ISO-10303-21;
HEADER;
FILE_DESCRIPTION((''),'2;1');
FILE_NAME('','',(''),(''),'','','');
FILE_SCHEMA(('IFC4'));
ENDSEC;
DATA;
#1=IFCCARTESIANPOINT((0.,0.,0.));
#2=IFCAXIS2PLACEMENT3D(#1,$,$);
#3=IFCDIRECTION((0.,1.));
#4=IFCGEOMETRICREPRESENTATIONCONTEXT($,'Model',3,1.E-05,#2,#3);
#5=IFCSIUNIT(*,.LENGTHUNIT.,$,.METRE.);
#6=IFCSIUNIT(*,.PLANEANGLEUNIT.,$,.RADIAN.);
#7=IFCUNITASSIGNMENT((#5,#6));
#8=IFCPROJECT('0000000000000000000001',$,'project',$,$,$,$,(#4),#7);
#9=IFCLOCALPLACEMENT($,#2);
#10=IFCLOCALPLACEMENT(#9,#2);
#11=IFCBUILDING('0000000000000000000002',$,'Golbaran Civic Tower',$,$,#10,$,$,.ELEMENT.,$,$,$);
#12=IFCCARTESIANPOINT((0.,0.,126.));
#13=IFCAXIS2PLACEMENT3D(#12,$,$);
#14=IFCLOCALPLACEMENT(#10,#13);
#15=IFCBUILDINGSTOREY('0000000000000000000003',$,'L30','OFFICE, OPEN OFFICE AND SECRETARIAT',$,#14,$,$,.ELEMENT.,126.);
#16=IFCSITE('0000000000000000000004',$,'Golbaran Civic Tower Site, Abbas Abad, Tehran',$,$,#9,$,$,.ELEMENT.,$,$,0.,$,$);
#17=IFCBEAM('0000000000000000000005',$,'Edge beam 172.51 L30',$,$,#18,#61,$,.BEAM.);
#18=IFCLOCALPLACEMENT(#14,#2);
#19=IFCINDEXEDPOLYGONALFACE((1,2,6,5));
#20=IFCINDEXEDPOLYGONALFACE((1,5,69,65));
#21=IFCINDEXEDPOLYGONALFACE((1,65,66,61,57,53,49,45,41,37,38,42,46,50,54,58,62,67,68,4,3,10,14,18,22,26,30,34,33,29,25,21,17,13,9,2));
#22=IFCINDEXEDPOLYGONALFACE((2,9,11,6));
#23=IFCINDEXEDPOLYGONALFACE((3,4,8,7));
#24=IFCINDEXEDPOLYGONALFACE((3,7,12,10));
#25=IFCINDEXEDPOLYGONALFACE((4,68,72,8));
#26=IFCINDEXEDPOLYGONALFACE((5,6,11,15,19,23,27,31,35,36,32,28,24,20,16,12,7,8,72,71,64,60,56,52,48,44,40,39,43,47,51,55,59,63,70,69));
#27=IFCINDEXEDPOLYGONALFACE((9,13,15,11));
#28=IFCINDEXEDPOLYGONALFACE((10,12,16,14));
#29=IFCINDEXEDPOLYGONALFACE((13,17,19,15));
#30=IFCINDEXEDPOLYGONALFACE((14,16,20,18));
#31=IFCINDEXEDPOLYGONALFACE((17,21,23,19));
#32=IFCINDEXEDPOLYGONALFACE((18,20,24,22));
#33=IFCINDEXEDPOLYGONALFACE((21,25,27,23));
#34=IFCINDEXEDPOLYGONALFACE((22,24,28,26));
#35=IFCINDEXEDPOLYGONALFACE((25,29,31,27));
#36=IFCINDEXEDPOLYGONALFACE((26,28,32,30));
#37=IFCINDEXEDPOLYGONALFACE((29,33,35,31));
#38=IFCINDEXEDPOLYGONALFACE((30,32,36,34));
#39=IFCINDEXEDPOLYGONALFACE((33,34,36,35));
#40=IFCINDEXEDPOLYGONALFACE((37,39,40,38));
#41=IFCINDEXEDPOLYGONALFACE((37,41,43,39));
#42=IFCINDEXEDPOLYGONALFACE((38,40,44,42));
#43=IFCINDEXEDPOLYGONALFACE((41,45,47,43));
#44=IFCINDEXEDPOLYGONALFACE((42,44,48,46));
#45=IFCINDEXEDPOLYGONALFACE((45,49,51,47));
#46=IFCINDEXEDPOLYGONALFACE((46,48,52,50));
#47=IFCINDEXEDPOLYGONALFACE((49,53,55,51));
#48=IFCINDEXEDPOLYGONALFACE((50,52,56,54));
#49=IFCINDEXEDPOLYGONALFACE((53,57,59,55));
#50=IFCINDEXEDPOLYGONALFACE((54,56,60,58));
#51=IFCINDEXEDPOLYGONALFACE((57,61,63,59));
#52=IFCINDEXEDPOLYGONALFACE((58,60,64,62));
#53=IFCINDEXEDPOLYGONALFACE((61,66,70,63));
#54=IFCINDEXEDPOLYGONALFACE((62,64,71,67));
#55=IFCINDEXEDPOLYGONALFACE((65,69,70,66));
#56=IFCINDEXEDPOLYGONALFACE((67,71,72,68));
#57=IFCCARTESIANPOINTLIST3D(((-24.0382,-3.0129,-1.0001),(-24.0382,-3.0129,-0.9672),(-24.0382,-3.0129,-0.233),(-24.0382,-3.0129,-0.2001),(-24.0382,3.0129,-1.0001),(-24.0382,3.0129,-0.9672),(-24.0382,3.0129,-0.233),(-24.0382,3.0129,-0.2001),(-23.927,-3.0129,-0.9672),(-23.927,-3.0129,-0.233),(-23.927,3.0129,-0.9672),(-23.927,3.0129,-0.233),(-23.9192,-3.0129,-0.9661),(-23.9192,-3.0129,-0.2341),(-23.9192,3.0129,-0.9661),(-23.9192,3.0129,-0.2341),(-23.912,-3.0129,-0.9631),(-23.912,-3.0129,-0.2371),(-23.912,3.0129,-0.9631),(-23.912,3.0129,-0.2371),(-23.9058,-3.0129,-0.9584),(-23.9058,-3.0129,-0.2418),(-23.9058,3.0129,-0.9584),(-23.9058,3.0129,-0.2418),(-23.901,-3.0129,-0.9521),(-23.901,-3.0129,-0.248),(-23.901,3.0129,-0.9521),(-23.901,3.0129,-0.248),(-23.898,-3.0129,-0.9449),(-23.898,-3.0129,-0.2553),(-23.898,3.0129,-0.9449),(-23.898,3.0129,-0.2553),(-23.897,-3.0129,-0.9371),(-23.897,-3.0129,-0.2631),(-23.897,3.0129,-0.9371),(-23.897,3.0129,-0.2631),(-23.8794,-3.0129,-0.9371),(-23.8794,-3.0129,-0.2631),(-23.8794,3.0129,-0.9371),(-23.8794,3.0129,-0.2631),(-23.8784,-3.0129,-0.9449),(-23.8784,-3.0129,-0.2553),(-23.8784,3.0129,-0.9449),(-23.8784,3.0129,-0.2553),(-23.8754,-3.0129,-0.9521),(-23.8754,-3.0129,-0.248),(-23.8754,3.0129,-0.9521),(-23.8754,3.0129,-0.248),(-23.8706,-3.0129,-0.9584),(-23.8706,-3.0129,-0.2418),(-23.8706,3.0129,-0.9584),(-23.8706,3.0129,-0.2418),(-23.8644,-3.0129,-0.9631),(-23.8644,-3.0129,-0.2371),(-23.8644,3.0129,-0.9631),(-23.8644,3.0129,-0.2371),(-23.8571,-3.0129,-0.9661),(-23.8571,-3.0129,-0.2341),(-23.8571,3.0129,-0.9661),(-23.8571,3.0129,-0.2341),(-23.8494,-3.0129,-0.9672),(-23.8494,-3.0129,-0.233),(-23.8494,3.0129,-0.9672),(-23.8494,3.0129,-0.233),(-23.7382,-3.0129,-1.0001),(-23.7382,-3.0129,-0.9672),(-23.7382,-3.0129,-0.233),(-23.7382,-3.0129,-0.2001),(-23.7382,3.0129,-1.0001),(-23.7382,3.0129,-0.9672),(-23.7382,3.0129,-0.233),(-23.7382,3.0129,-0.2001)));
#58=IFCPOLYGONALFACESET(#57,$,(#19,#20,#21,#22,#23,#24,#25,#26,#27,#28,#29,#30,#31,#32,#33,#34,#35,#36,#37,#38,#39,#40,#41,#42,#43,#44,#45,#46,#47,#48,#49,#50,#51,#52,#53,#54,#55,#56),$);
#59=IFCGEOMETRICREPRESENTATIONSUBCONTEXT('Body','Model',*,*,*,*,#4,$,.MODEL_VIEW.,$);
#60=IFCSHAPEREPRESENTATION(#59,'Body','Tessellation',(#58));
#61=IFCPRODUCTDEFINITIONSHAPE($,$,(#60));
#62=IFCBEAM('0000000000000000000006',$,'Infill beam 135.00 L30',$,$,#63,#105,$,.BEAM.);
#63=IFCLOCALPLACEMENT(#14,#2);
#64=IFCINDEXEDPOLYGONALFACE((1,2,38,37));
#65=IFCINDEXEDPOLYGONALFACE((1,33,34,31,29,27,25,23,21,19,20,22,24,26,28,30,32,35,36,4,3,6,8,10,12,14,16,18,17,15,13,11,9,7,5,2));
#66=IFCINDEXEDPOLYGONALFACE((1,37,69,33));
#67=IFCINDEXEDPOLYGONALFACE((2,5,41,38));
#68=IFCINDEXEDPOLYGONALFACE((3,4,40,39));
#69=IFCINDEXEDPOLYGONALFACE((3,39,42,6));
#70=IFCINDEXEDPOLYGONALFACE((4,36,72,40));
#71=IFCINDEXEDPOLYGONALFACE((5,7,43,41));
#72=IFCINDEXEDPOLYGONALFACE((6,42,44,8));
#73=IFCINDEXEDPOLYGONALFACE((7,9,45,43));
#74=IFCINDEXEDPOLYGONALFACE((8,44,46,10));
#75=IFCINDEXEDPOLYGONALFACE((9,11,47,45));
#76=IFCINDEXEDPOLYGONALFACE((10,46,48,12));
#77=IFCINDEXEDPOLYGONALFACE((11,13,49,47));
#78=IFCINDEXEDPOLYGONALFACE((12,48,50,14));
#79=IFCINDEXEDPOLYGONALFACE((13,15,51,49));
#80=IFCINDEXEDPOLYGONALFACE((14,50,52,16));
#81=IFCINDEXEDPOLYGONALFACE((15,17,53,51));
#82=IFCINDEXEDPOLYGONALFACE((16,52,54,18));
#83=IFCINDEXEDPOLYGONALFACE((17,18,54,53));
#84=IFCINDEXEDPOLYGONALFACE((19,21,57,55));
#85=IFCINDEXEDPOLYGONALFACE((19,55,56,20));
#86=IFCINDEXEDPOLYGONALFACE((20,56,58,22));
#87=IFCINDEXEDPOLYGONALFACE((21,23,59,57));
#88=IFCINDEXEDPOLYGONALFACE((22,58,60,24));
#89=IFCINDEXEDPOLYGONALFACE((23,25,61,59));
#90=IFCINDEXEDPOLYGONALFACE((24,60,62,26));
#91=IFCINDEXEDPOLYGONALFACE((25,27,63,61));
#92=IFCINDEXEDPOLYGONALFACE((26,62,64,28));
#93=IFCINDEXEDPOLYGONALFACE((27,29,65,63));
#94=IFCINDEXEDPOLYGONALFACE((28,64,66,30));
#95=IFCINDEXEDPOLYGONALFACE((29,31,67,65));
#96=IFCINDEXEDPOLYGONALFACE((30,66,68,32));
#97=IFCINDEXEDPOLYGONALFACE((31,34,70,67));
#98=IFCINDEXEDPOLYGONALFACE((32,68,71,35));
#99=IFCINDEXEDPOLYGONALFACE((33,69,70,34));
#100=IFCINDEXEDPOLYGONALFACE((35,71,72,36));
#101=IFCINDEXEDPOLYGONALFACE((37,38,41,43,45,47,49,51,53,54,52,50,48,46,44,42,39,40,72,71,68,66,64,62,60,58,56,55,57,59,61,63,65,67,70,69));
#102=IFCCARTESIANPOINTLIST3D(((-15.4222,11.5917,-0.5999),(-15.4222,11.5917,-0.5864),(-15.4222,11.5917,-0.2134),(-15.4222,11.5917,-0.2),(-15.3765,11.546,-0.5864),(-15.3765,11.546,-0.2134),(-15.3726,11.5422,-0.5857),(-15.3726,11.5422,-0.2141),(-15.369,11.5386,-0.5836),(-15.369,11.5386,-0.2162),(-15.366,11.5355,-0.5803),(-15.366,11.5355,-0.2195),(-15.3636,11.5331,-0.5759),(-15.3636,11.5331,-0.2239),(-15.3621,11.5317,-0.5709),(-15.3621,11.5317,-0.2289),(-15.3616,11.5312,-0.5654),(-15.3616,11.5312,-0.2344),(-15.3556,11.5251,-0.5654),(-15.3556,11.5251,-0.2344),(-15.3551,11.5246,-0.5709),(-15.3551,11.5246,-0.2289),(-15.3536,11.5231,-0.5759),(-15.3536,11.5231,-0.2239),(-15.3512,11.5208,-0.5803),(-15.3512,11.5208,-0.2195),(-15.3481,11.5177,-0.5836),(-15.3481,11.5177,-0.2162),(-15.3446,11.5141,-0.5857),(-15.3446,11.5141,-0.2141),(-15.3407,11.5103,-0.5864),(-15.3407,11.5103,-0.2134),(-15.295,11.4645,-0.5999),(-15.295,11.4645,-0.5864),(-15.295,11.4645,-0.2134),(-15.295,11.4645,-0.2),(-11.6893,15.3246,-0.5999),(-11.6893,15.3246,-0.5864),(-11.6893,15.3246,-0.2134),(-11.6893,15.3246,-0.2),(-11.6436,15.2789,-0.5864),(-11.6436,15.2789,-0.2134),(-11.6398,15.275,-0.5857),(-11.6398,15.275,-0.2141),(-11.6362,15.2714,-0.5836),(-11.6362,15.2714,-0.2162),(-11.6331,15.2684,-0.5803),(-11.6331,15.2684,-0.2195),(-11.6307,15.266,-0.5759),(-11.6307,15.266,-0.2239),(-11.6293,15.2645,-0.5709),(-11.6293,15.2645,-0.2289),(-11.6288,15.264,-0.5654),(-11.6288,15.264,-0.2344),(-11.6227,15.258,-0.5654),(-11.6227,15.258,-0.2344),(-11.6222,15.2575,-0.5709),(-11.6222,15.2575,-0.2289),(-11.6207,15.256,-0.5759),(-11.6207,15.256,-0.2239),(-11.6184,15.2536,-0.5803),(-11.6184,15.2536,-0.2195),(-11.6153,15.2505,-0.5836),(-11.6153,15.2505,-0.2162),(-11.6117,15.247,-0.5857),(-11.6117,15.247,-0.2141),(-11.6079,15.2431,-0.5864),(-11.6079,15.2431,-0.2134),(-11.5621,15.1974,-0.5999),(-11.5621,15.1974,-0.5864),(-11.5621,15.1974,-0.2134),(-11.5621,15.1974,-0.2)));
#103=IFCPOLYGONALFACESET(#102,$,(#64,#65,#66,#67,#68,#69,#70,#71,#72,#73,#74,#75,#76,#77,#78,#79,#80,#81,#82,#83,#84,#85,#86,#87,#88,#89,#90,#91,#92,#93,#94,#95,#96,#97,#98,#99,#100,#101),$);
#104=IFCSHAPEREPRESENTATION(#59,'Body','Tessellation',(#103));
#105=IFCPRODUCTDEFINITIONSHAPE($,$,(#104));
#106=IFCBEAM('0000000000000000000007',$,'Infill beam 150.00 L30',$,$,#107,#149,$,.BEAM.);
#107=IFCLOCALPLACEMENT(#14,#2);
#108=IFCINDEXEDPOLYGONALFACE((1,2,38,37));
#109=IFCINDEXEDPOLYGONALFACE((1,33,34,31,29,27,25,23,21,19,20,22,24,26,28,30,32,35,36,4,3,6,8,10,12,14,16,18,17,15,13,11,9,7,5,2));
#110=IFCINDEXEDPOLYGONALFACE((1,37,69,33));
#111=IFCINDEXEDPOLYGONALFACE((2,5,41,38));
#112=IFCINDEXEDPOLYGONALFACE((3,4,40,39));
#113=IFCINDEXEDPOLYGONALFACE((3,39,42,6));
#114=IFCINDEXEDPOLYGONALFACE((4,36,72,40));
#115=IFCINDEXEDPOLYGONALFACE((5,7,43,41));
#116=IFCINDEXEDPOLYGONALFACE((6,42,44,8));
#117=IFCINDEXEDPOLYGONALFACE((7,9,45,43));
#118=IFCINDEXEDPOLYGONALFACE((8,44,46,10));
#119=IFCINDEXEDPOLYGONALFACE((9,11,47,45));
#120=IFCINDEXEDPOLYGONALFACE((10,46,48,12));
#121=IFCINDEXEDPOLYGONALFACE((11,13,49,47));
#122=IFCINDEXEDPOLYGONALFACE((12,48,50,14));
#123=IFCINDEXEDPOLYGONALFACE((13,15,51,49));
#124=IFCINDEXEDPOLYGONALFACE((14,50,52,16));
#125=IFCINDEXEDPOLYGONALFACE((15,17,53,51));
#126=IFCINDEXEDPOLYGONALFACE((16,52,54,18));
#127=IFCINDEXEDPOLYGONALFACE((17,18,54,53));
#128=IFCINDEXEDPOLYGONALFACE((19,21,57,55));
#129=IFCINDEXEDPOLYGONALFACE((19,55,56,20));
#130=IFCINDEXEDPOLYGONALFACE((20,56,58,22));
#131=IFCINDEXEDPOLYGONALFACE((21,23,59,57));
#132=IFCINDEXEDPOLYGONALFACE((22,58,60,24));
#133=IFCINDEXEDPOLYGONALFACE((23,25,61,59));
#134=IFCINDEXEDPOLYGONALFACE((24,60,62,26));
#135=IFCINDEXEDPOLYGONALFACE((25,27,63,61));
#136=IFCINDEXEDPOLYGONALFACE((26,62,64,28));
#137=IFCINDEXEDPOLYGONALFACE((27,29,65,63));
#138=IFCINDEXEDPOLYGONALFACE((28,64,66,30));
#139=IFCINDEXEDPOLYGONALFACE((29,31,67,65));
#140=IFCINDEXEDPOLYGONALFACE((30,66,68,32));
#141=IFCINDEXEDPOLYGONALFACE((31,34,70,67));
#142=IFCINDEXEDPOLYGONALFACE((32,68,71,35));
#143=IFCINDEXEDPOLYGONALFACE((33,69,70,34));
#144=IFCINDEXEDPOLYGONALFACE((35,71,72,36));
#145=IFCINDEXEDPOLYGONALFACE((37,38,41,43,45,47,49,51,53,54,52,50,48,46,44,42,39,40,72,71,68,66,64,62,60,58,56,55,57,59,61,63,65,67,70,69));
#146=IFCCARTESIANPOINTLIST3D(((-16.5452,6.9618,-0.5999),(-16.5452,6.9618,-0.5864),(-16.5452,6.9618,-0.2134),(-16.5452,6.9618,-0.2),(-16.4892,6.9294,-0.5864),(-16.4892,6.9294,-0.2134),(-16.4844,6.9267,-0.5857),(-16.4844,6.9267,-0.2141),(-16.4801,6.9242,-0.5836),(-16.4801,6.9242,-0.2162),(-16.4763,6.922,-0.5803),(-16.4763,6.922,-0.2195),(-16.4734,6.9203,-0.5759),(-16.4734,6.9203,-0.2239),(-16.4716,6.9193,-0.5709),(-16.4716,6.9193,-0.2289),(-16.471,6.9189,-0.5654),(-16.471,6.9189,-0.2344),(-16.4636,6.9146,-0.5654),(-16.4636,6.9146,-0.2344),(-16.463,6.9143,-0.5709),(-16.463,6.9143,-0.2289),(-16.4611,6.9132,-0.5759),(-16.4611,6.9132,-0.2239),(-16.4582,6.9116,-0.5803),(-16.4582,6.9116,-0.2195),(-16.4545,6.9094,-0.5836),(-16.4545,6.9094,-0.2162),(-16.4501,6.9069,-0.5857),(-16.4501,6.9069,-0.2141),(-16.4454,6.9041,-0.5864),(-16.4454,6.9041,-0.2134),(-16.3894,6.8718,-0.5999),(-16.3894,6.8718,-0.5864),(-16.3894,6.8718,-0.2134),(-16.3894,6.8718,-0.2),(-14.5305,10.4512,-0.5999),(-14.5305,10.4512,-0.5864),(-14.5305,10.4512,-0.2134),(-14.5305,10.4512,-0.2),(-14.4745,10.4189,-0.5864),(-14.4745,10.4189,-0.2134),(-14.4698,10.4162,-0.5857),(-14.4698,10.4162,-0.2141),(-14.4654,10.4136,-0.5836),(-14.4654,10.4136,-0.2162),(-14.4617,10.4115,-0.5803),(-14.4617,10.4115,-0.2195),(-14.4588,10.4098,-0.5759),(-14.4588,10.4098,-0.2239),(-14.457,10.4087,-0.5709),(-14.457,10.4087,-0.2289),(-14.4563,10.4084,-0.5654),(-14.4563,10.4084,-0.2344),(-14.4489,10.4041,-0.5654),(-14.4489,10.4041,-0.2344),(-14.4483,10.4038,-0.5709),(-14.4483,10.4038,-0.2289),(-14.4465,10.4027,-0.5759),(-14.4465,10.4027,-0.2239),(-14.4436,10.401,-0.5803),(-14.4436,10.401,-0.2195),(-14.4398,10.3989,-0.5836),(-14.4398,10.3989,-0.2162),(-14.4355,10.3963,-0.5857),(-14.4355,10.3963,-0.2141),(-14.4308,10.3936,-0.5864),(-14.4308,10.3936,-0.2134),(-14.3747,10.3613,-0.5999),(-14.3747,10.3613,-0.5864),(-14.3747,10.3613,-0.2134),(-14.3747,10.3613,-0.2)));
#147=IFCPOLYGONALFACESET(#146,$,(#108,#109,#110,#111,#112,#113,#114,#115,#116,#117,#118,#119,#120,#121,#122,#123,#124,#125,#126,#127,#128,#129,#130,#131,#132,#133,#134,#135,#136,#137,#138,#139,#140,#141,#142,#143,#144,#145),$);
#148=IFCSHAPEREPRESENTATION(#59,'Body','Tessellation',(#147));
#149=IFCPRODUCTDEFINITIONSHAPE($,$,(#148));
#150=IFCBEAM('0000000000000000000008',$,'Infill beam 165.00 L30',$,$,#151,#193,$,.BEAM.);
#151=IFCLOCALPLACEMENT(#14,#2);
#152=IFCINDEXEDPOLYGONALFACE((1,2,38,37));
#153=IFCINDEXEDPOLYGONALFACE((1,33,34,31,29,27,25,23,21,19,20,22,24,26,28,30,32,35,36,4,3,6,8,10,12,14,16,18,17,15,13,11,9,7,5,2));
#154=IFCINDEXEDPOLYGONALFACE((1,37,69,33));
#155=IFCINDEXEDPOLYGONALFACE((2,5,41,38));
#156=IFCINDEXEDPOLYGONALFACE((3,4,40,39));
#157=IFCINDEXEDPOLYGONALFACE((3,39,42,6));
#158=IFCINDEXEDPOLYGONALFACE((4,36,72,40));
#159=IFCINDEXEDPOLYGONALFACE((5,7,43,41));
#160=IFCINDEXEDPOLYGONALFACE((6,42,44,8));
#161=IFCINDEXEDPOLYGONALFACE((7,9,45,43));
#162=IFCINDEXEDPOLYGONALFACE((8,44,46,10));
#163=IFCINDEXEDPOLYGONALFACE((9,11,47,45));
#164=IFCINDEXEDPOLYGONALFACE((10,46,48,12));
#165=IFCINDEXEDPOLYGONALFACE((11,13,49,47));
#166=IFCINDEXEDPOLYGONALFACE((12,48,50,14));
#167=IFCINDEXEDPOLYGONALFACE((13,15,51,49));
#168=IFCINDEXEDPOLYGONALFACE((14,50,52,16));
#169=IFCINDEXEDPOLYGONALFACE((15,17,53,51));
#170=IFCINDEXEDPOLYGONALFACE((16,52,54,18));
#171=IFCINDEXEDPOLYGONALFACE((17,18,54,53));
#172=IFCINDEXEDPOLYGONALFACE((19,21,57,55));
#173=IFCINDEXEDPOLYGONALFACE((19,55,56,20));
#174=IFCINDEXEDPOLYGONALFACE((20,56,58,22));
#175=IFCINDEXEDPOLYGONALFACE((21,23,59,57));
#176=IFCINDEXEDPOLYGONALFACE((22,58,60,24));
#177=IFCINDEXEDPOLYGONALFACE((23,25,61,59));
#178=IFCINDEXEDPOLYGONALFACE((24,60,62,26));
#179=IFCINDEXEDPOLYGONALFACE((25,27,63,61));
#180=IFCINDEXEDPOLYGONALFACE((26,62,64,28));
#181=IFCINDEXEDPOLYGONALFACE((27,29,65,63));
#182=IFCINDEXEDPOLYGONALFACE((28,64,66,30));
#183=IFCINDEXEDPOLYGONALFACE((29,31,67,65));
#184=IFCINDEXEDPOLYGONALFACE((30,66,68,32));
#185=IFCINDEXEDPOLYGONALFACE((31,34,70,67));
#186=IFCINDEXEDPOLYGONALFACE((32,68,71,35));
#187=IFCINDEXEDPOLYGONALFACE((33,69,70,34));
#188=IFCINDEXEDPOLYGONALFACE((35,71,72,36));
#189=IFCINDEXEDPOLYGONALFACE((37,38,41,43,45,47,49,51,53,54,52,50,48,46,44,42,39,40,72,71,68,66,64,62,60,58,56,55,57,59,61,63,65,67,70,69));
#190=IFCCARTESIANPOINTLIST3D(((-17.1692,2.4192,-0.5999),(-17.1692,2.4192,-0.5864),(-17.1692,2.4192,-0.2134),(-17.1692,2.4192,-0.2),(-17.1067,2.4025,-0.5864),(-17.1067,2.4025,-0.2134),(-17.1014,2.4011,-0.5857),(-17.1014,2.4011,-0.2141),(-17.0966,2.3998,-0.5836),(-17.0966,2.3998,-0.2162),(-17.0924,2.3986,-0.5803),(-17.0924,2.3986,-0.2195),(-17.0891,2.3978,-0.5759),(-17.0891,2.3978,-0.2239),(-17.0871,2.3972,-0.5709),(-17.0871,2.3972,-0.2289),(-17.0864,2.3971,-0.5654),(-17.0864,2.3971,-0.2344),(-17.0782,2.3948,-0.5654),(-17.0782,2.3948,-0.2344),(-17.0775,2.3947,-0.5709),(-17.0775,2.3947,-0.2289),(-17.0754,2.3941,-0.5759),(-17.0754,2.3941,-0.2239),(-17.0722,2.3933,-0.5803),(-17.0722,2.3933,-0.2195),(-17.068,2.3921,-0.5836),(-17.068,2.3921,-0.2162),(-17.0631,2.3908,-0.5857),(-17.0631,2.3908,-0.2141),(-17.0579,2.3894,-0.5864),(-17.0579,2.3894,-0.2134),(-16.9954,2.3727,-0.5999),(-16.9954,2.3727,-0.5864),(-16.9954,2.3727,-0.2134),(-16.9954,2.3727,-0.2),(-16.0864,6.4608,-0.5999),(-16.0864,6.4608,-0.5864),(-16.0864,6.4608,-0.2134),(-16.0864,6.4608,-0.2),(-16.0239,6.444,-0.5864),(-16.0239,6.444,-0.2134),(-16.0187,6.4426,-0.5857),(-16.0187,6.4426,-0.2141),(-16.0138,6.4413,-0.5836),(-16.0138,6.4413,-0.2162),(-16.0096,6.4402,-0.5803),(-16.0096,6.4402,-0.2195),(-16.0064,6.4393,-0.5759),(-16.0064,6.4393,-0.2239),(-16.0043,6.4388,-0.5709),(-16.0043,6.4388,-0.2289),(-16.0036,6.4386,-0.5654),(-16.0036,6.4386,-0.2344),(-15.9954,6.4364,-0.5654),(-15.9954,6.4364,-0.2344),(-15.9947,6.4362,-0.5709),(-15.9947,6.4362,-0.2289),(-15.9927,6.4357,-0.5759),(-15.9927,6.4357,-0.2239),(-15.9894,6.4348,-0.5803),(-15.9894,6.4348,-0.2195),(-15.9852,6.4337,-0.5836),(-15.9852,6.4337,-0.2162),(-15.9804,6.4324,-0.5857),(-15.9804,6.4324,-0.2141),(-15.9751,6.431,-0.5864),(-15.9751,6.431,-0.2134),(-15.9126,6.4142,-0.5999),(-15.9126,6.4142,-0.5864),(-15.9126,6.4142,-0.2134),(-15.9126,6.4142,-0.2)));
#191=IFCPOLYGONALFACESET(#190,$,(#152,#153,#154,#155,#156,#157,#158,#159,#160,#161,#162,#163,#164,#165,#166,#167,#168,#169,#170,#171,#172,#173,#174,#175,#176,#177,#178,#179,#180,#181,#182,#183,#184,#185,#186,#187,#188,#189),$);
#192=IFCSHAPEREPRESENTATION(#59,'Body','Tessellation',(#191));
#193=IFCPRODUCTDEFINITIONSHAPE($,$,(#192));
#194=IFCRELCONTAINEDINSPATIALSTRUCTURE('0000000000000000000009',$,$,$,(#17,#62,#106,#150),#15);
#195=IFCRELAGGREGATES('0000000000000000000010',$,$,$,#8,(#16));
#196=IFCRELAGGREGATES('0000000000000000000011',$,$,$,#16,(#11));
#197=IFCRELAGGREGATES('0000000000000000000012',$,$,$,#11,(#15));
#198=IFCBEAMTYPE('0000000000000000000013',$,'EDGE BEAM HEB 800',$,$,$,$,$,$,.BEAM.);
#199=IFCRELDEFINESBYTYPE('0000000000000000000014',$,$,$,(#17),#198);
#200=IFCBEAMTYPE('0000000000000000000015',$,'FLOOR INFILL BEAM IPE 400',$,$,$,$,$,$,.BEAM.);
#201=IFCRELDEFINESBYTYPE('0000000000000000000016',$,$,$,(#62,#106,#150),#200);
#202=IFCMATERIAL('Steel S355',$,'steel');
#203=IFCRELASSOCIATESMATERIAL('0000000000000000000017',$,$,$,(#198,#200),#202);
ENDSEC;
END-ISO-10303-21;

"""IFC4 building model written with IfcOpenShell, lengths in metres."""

from ifc_helpers import new_model, si_unit, direction, frame, origin, origin_2d, place, context, subcontext, project, spatial, i_section, extrude, material, material_profile, profile_set, type_object, element, save


model = new_model("IFC4")

# Units and contexts
model_context = context("Model", 3, precision=1e-05, world=origin(), true_north=direction((0.0, 1.0)))
body_context = subcontext(model_context, "Body", "Model", "MODEL_VIEW")
ifc_project = project(units=[si_unit("LENGTHUNIT", "METRE"), si_unit("PLANEANGLEUNIT", "RADIAN")], contexts=[model_context])

# Site, building, storey
site_placement = place(None, origin())
site = spatial("IfcSite", under=ifc_project, at=site_placement, Name="Golbaran Civic Tower Site, Abbas Abad, Tehran", CompositionType="ELEMENT", RefElevation=0.0)
building_placement = place(site_placement, origin())
building = spatial("IfcBuilding", under=site, at=building_placement, Name="Golbaran Civic Tower", CompositionType="ELEMENT")
storey_placement = place(building_placement, frame((0.0, 0.0, 126.0)))
storey = spatial("IfcBuildingStorey", under=building, at=storey_placement, Name="L30", Description="OFFICE, OPEN OFFICE AND SECRETARIAT", CompositionType="ELEMENT", Elevation=126.0)

# Beams
ifc_material_1 = material(Name="Steel S355", Category="steel")
ifc_material_profile_1 = material_profile(ifc_material_1, i_section(OverallWidth=0.3, OverallDepth=0.8, WebThickness=0.0176, FlangeThickness=0.033, FilletRadius=0.03, at=origin_2d()), Name="HEB 800")
ifc_profile_set_1 = profile_set([ifc_material_profile_1], Name="Steel S355")
beam_type_1 = type_object("IfcBeamType", Name="EDGE BEAM HEB 800", PredefinedType="BEAM", material=ifc_profile_set_1)
beam_1_placement = place(storey_placement, frame((-23.8882, 3.0129, -0.6001), z_axis=(0.0, -1.0, 0.0), x_axis=(1.0, 0.0, 0.0)))
element("IfcBeam", 1, at=beam_1_placement, inside=storey, type_object=beam_type_1, Name="Edge beam 172.51 L30", PredefinedType="BEAM", context=body_context, shape_type="SweptSolid", body=[
    extrude(i_section(OverallWidth=0.3, OverallDepth=0.8, WebThickness=0.0176, FlangeThickness=0.033, FilletRadius=0.03, at=origin_2d()), origin(), (0.0, 0.0, 1.0), 6.0259),
])
ifc_material_profile_2 = material_profile(ifc_material_1, i_section(OverallWidth=0.1799, OverallDepth=0.3999, WebThickness=0.0085, FlangeThickness=0.0134, FilletRadius=0.021, at=origin_2d()), Name="IPE 400")
ifc_profile_set_2 = profile_set([ifc_material_profile_2], Name="Steel S355")
beam_type_2 = type_object("IfcBeamType", Name="FLOOR INFILL BEAM IPE 400", PredefinedType="BEAM", material=ifc_profile_set_2)
beam_2_placement = place(storey_placement, frame((-11.6257, 15.261, -0.3999), z_axis=(-0.707107, -0.707107, 0.0), x_axis=(0.707107, -0.707107, 0.0)))
element("IfcBeam", 2, at=beam_2_placement, inside=storey, type_object=beam_type_2, Name="Infill beam 135.00 L30", PredefinedType="BEAM", context=body_context, shape_type="SweptSolid", body=[
    extrude(i_section(OverallWidth=0.1799, OverallDepth=0.3999, WebThickness=0.0085, FlangeThickness=0.0134, FilletRadius=0.021, at=origin_2d()), origin(), (0.0, 0.0, 1.0), 5.2791),
])
beam_3_placement = place(storey_placement, frame((-14.4526, 10.4062, -0.3999), z_axis=(-0.499997, -0.866027, 0.0), x_axis=(0.866027, -0.499997, 0.0)))
element("IfcBeam", 3, at=beam_3_placement, inside=storey, type_object=beam_type_2, Name="Infill beam 150.00 L30", PredefinedType="BEAM", context=body_context, shape_type="SweptSolid", body=[
    extrude(i_section(OverallWidth=0.1799, OverallDepth=0.3999, WebThickness=0.0085, FlangeThickness=0.0134, FilletRadius=0.021, at=origin_2d()), origin(), (0.0, 0.0, 1.0), 4.0293),
])
beam_4_placement = place(storey_placement, frame((-15.9995, 6.4375, -0.3999), z_axis=(-0.258785, -0.965935, 0.0), x_axis=(0.965935, -0.258785, 0.0)))
element("IfcBeam", 4, at=beam_4_placement, inside=storey, type_object=beam_type_2, Name="Infill beam 165.00 L30", PredefinedType="BEAM", context=body_context, shape_type="SweptSolid", body=[
    extrude(i_section(OverallWidth=0.1799, OverallDepth=0.3999, WebThickness=0.0085, FlangeThickness=0.0134, FilletRadius=0.021, at=origin_2d()), origin(), (0.0, 0.0, 1.0), 4.1841),
])

save(model, "model.ifc")
